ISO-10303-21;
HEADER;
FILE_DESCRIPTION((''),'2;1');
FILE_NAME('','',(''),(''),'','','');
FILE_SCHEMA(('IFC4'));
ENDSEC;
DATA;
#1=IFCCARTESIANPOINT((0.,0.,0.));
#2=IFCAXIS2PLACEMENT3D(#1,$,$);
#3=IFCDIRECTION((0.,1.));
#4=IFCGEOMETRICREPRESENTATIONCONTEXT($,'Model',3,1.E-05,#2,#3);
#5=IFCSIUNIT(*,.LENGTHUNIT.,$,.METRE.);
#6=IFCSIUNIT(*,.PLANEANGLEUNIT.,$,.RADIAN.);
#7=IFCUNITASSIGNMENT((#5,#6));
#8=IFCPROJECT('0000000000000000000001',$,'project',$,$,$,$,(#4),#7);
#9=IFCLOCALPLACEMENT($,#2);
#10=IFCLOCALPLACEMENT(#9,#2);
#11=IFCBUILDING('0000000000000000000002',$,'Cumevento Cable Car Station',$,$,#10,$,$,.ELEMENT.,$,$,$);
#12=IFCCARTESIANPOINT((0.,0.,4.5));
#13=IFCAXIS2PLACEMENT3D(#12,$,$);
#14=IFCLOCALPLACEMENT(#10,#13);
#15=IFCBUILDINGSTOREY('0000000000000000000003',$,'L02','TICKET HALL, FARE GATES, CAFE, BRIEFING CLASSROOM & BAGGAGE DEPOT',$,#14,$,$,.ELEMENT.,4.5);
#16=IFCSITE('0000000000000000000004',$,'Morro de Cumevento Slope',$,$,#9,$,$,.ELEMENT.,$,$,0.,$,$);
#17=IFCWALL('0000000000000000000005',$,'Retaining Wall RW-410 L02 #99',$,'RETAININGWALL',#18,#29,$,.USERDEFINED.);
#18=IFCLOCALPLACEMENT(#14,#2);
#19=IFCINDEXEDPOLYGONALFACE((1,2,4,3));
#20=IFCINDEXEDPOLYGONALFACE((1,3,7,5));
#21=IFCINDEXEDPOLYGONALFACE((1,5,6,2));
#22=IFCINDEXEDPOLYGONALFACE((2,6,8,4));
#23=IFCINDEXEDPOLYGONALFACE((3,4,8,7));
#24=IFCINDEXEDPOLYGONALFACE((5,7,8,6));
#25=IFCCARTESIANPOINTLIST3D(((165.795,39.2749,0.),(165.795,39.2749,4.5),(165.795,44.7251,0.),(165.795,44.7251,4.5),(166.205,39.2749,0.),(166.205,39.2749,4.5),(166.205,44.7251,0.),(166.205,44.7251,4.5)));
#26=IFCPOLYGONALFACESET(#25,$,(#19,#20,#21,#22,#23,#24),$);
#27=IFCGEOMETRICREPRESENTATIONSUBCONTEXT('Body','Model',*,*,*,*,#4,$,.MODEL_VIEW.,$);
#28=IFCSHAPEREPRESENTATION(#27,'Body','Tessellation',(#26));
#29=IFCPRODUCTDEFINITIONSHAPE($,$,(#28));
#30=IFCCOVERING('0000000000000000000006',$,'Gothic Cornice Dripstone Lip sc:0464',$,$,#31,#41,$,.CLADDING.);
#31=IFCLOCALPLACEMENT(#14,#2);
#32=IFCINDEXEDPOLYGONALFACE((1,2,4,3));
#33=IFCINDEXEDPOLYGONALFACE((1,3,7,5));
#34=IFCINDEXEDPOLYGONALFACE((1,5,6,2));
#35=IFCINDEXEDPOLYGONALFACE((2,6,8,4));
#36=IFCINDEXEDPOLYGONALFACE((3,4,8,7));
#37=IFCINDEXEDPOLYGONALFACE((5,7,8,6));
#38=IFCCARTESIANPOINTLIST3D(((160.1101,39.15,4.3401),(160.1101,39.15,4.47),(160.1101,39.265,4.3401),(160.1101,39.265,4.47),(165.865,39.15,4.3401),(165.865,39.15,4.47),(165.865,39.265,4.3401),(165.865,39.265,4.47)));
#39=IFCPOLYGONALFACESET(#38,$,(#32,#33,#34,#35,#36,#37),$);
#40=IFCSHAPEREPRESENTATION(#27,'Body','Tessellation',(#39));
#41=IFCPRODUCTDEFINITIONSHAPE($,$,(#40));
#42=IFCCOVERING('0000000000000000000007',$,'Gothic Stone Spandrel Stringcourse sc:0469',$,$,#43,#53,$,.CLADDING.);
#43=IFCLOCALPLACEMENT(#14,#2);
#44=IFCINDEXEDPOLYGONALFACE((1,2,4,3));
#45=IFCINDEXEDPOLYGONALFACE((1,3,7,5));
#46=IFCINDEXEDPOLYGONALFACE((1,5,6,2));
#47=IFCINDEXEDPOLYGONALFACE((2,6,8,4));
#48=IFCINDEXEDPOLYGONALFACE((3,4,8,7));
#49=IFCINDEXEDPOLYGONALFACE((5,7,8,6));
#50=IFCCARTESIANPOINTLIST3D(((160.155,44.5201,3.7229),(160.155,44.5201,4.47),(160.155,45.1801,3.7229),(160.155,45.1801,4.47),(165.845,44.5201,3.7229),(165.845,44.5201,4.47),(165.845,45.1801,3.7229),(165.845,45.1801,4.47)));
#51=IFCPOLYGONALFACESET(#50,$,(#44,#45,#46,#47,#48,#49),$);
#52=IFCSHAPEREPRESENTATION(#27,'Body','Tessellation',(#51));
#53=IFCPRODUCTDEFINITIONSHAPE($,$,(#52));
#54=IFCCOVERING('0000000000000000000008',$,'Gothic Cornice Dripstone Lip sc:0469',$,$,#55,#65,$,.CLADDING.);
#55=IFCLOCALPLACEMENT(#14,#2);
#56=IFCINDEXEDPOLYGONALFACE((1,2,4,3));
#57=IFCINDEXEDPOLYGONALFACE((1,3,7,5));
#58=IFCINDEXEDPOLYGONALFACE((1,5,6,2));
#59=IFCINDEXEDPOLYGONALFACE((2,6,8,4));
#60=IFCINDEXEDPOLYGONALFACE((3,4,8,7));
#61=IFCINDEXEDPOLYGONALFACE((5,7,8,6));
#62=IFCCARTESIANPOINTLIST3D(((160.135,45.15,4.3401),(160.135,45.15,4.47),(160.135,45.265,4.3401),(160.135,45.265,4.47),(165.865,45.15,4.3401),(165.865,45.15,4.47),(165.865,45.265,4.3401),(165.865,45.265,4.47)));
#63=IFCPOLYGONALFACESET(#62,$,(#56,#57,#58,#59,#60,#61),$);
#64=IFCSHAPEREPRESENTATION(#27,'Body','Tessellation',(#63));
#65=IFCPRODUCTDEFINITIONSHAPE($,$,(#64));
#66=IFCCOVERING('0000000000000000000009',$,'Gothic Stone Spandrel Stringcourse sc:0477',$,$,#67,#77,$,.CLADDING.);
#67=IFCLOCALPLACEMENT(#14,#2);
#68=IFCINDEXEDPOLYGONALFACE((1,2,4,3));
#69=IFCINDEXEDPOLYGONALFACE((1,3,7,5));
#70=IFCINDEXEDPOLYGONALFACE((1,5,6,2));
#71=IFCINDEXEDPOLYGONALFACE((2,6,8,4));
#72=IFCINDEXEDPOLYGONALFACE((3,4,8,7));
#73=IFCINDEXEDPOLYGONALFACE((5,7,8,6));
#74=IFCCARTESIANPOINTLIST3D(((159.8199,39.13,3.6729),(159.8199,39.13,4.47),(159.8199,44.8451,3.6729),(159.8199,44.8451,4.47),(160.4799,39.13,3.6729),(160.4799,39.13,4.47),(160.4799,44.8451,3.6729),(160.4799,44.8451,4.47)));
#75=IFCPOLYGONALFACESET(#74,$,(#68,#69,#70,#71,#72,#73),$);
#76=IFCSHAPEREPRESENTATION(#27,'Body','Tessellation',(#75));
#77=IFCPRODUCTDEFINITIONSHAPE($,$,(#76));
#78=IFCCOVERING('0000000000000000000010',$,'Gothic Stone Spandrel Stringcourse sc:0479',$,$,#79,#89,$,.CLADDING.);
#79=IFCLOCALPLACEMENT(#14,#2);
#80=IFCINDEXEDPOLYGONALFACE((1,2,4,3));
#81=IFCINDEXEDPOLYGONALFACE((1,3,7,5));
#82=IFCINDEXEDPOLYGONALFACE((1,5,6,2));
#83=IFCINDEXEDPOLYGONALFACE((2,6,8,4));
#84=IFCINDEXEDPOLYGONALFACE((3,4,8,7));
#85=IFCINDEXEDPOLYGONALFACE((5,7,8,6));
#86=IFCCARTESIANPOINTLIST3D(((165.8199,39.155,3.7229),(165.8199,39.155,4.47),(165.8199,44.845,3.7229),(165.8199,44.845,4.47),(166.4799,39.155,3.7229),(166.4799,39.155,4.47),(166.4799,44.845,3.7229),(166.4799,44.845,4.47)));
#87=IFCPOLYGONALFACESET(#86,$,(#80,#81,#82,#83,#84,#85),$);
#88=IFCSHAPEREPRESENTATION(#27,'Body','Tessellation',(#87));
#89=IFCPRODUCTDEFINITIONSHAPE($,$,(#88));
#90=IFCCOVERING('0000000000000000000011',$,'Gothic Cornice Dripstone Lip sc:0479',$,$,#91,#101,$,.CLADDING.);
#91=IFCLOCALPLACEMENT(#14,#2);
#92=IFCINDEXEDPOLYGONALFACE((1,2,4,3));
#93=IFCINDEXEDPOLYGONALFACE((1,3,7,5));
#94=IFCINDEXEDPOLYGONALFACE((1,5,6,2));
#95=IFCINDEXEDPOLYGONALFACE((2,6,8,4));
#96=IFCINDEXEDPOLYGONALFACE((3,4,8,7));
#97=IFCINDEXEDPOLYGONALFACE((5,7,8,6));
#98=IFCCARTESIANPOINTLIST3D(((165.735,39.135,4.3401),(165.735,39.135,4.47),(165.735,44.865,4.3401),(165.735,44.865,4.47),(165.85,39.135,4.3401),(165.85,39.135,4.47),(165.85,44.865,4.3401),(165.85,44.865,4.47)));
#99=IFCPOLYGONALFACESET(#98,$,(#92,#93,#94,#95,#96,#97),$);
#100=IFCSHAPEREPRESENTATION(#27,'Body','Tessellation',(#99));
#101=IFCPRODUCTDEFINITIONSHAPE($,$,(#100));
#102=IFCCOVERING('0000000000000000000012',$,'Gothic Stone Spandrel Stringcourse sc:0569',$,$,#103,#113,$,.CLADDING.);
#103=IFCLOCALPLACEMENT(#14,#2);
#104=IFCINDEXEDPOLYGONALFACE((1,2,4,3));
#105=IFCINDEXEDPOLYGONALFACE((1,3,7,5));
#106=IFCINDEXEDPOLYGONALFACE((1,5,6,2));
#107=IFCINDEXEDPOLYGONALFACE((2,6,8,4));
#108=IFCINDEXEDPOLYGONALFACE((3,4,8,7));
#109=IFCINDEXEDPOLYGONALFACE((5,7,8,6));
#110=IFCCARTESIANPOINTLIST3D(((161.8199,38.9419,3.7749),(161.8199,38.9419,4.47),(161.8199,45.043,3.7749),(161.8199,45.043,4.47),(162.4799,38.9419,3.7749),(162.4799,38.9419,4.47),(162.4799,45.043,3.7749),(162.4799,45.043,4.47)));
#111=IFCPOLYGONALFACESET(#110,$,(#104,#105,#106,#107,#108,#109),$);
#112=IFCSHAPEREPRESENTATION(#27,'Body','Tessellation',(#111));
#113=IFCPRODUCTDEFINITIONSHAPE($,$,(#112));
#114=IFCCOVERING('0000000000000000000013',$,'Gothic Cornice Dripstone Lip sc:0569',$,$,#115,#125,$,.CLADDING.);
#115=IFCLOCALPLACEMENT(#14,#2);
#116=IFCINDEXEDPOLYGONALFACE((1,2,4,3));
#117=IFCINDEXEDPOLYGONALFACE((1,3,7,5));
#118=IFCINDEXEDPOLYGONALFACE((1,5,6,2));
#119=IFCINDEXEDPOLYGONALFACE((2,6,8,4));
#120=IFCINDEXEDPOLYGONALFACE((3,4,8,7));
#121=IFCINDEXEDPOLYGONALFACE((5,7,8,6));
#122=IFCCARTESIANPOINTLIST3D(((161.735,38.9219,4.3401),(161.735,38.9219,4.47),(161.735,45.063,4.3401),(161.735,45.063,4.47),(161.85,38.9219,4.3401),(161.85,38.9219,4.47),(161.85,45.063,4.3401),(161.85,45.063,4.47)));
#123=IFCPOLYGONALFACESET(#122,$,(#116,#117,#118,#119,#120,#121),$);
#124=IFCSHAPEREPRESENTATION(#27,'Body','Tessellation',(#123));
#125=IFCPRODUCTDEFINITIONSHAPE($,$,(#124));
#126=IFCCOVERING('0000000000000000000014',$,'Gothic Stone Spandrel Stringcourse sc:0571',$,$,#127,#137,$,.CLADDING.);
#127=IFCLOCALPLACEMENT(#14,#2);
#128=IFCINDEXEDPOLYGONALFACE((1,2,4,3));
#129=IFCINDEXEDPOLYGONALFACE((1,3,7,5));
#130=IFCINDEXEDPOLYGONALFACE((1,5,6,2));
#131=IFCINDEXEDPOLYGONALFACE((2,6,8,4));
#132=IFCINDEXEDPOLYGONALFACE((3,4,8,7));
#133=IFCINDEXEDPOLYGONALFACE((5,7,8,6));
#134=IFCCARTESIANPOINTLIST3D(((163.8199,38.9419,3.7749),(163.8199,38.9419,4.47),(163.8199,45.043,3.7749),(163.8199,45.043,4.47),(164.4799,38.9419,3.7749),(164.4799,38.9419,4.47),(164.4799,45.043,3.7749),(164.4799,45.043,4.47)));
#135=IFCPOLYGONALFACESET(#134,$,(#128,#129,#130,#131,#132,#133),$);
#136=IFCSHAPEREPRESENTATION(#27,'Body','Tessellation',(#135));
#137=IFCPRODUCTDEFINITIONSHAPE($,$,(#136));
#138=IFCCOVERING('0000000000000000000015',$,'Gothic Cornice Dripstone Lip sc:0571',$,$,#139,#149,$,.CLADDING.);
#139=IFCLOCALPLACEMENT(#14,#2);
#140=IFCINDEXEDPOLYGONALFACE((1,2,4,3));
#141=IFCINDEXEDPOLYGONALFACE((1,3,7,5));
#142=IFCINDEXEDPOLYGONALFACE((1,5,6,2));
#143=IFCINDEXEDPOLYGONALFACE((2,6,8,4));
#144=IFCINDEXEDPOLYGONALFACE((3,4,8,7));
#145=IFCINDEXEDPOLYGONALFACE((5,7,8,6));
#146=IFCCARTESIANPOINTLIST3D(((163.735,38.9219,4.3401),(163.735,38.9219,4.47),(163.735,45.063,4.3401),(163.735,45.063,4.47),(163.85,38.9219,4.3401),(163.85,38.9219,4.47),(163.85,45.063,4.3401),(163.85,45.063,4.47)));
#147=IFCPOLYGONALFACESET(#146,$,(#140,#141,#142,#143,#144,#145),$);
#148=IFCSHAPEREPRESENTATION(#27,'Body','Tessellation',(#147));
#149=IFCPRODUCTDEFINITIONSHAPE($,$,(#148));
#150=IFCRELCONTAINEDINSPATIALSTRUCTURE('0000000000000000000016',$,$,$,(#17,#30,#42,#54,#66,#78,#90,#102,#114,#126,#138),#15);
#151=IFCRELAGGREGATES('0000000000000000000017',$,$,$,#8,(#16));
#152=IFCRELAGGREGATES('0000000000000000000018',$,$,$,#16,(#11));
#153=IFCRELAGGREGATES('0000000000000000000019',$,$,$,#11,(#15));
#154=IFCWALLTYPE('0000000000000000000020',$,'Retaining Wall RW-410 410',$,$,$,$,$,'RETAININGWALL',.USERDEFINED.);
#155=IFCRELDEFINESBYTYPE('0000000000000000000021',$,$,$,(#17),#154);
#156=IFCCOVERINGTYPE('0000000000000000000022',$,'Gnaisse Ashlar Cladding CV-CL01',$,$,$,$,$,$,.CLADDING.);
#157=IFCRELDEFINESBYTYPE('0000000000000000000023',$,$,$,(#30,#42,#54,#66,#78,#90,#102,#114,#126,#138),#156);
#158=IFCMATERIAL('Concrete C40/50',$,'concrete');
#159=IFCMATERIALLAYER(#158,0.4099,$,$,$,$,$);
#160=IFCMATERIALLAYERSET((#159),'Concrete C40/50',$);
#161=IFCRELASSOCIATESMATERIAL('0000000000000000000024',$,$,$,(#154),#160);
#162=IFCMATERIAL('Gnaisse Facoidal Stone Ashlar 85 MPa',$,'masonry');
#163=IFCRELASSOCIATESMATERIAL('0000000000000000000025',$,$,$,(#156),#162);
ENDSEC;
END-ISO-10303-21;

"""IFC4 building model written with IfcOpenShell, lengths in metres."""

from ifc_helpers import new_model, si_unit, direction, frame, frame_2d, origin, origin_2d, place, context, subcontext, project, spatial, rectangle, extrude, material, layer, layer_set, type_object, element, save


model = new_model("IFC4")

# Units and contexts
model_context = context("Model", 3, precision=1e-05, world=origin(), true_north=direction((0.0, 1.0)))
body_context = subcontext(model_context, "Body", "Model", "MODEL_VIEW")
ifc_project = project(units=[si_unit("LENGTHUNIT", "METRE"), si_unit("PLANEANGLEUNIT", "RADIAN")], contexts=[model_context])

# Site, building, storey
site_placement = place(None, origin())
site = spatial("IfcSite", under=ifc_project, at=site_placement, Name="Morro de Cumevento Slope", CompositionType="ELEMENT", RefElevation=0.0)
building_placement = place(site_placement, origin())
building = spatial("IfcBuilding", under=site, at=building_placement, Name="Cumevento Cable Car Station", CompositionType="ELEMENT")
storey_placement = place(building_placement, frame((0.0, 0.0, 4.5)))
storey = spatial("IfcBuildingStorey", under=building, at=storey_placement, Name="L02", Description="TICKET HALL, FARE GATES, CAFE, BRIEFING CLASSROOM & BAGGAGE DEPOT", CompositionType="ELEMENT", Elevation=4.5)

# Wall
ifc_material_1 = material(Name="Concrete C40/50", Category="concrete")
ifc_layer_1 = layer(ifc_material_1, 0.4099)
ifc_layer_set_1 = layer_set([ifc_layer_1], Name="Concrete C40/50")
wall_type_1 = type_object("IfcWallType", Name="Retaining Wall RW-410 410", ElementType="RETAININGWALL", PredefinedType="USERDEFINED", material=ifc_layer_set_1)
wall_1_placement = place(storey_placement, frame((166.0, 39.2749, 0.0), z_axis=(0.0, 0.0, 1.0), x_axis=(0.0, 1.0, 0.0)))
element("IfcWall", 1, at=wall_1_placement, inside=storey, type_object=wall_type_1, Name="Retaining Wall RW-410 L02 #99", ObjectType="RETAININGWALL", PredefinedType="USERDEFINED", context=body_context, shape_type="SweptSolid", body=[
    extrude(rectangle(XDim=5.4502, YDim=0.4099, at=frame_2d((2.7251, 0.0))), origin(), (0.0, 0.0, 1.0), 4.5),
])

# Coverings
ifc_material_2 = material(Name="Gnaisse Facoidal Stone Ashlar 85 MPa", Category="masonry")
covering_type = type_object("IfcCoveringType", Name="Gnaisse Ashlar Cladding CV-CL01", PredefinedType="CLADDING", material=ifc_material_2)
covering_1_placement = place(storey_placement, frame((162.9875, 39.2075, 4.3401), z_axis=(0.0, 0.0, 1.0), x_axis=(1.0, 0.0, 0.0)))
element("IfcCovering", 2, at=covering_1_placement, inside=storey, type_object=covering_type, Name="Gothic Cornice Dripstone Lip sc:0464", PredefinedType="CLADDING", context=body_context, shape_type="SweptSolid", body=[
    extrude(rectangle(XDim=5.7549, YDim=0.115, at=origin_2d()), origin(), (0.0, 0.0, 1.0), 0.1299),
])
covering_2_placement = place(storey_placement, frame((163.0, 44.8501, 3.7229), z_axis=(0.0, 0.0, 1.0), x_axis=(1.0, 0.0, 0.0)))
element("IfcCovering", 3, at=covering_2_placement, inside=storey, type_object=covering_type, Name="Gothic Stone Spandrel Stringcourse sc:0469", PredefinedType="CLADDING", context=body_context, shape_type="SweptSolid", body=[
    extrude(rectangle(XDim=5.6899, YDim=0.6599, at=origin_2d()), origin(), (0.0, 0.0, 1.0), 0.7471),
])
covering_3_placement = place(storey_placement, frame((163.0, 45.2075, 4.3401), z_axis=(0.0, 0.0, 1.0), x_axis=(1.0, 0.0, 0.0)))
element("IfcCovering", 4, at=covering_3_placement, inside=storey, type_object=covering_type, Name="Gothic Cornice Dripstone Lip sc:0469", PredefinedType="CLADDING", context=body_context, shape_type="SweptSolid", body=[
    extrude(rectangle(XDim=5.73, YDim=0.115, at=origin_2d()), origin(), (0.0, 0.0, 1.0), 0.1299),
])
covering_4_placement = place(storey_placement, frame((160.1499, 41.9875, 3.6729), z_axis=(0.0, 0.0, 1.0), x_axis=(0.0, 1.0, 0.0)))
element("IfcCovering", 5, at=covering_4_placement, inside=storey, type_object=covering_type, Name="Gothic Stone Spandrel Stringcourse sc:0477", PredefinedType="CLADDING", context=body_context, shape_type="SweptSolid", body=[
    extrude(rectangle(XDim=5.7151, YDim=0.6599, at=origin_2d()), origin(), (0.0, 0.0, 1.0), 0.7971),
])
covering_5_placement = place(storey_placement, frame((166.1499, 42.0, 3.7229), z_axis=(0.0, 0.0, 1.0), x_axis=(0.0, 1.0, 0.0)))
element("IfcCovering", 6, at=covering_5_placement, inside=storey, type_object=covering_type, Name="Gothic Stone Spandrel Stringcourse sc:0479", PredefinedType="CLADDING", context=body_context, shape_type="SweptSolid", body=[
    extrude(rectangle(XDim=5.6899, YDim=0.6599, at=origin_2d()), origin(), (0.0, 0.0, 1.0), 0.7471),
])
covering_6_placement = place(storey_placement, frame((165.7925, 42.0, 4.3401), z_axis=(0.0, 0.0, 1.0), x_axis=(0.0, 1.0, 0.0)))
element("IfcCovering", 7, at=covering_6_placement, inside=storey, type_object=covering_type, Name="Gothic Cornice Dripstone Lip sc:0479", PredefinedType="CLADDING", context=body_context, shape_type="SweptSolid", body=[
    extrude(rectangle(XDim=5.73, YDim=0.115, at=origin_2d()), origin(), (0.0, 0.0, 1.0), 0.1299),
])
covering_7_placement = place(storey_placement, frame((162.1499, 41.9924, 3.7749), z_axis=(0.0, 0.0, 1.0), x_axis=(0.0, 1.0, 0.0)))
element("IfcCovering", 8, at=covering_7_placement, inside=storey, type_object=covering_type, Name="Gothic Stone Spandrel Stringcourse sc:0569", PredefinedType="CLADDING", context=body_context, shape_type="SweptSolid", body=[
    extrude(rectangle(XDim=6.1011, YDim=0.6599, at=origin_2d()), origin(), (0.0, 0.0, 1.0), 0.6951),
])
covering_8_placement = place(storey_placement, frame((161.7925, 41.9924, 4.3401), z_axis=(0.0, 0.0, 1.0), x_axis=(0.0, 1.0, 0.0)))
element("IfcCovering", 9, at=covering_8_placement, inside=storey, type_object=covering_type, Name="Gothic Cornice Dripstone Lip sc:0569", PredefinedType="CLADDING", context=body_context, shape_type="SweptSolid", body=[
    extrude(rectangle(XDim=6.1411, YDim=0.115, at=origin_2d()), origin(), (0.0, 0.0, 1.0), 0.1299),
])
covering_9_placement = place(storey_placement, frame((164.1499, 41.9924, 3.7749), z_axis=(0.0, 0.0, 1.0), x_axis=(0.0, 1.0, 0.0)))
element("IfcCovering", 10, at=covering_9_placement, inside=storey, type_object=covering_type, Name="Gothic Stone Spandrel Stringcourse sc:0571", PredefinedType="CLADDING", context=body_context, shape_type="SweptSolid", body=[
    extrude(rectangle(XDim=6.1011, YDim=0.6599, at=origin_2d()), origin(), (0.0, 0.0, 1.0), 0.6951),
])
covering_10_placement = place(storey_placement, frame((163.7925, 41.9924, 4.3401), z_axis=(0.0, 0.0, 1.0), x_axis=(0.0, 1.0, 0.0)))
element("IfcCovering", 11, at=covering_10_placement, inside=storey, type_object=covering_type, Name="Gothic Cornice Dripstone Lip sc:0571", PredefinedType="CLADDING", context=body_context, shape_type="SweptSolid", body=[
    extrude(rectangle(XDim=6.1411, YDim=0.115, at=origin_2d()), origin(), (0.0, 0.0, 1.0), 0.1299),
])

save(model, "model.ifc")
